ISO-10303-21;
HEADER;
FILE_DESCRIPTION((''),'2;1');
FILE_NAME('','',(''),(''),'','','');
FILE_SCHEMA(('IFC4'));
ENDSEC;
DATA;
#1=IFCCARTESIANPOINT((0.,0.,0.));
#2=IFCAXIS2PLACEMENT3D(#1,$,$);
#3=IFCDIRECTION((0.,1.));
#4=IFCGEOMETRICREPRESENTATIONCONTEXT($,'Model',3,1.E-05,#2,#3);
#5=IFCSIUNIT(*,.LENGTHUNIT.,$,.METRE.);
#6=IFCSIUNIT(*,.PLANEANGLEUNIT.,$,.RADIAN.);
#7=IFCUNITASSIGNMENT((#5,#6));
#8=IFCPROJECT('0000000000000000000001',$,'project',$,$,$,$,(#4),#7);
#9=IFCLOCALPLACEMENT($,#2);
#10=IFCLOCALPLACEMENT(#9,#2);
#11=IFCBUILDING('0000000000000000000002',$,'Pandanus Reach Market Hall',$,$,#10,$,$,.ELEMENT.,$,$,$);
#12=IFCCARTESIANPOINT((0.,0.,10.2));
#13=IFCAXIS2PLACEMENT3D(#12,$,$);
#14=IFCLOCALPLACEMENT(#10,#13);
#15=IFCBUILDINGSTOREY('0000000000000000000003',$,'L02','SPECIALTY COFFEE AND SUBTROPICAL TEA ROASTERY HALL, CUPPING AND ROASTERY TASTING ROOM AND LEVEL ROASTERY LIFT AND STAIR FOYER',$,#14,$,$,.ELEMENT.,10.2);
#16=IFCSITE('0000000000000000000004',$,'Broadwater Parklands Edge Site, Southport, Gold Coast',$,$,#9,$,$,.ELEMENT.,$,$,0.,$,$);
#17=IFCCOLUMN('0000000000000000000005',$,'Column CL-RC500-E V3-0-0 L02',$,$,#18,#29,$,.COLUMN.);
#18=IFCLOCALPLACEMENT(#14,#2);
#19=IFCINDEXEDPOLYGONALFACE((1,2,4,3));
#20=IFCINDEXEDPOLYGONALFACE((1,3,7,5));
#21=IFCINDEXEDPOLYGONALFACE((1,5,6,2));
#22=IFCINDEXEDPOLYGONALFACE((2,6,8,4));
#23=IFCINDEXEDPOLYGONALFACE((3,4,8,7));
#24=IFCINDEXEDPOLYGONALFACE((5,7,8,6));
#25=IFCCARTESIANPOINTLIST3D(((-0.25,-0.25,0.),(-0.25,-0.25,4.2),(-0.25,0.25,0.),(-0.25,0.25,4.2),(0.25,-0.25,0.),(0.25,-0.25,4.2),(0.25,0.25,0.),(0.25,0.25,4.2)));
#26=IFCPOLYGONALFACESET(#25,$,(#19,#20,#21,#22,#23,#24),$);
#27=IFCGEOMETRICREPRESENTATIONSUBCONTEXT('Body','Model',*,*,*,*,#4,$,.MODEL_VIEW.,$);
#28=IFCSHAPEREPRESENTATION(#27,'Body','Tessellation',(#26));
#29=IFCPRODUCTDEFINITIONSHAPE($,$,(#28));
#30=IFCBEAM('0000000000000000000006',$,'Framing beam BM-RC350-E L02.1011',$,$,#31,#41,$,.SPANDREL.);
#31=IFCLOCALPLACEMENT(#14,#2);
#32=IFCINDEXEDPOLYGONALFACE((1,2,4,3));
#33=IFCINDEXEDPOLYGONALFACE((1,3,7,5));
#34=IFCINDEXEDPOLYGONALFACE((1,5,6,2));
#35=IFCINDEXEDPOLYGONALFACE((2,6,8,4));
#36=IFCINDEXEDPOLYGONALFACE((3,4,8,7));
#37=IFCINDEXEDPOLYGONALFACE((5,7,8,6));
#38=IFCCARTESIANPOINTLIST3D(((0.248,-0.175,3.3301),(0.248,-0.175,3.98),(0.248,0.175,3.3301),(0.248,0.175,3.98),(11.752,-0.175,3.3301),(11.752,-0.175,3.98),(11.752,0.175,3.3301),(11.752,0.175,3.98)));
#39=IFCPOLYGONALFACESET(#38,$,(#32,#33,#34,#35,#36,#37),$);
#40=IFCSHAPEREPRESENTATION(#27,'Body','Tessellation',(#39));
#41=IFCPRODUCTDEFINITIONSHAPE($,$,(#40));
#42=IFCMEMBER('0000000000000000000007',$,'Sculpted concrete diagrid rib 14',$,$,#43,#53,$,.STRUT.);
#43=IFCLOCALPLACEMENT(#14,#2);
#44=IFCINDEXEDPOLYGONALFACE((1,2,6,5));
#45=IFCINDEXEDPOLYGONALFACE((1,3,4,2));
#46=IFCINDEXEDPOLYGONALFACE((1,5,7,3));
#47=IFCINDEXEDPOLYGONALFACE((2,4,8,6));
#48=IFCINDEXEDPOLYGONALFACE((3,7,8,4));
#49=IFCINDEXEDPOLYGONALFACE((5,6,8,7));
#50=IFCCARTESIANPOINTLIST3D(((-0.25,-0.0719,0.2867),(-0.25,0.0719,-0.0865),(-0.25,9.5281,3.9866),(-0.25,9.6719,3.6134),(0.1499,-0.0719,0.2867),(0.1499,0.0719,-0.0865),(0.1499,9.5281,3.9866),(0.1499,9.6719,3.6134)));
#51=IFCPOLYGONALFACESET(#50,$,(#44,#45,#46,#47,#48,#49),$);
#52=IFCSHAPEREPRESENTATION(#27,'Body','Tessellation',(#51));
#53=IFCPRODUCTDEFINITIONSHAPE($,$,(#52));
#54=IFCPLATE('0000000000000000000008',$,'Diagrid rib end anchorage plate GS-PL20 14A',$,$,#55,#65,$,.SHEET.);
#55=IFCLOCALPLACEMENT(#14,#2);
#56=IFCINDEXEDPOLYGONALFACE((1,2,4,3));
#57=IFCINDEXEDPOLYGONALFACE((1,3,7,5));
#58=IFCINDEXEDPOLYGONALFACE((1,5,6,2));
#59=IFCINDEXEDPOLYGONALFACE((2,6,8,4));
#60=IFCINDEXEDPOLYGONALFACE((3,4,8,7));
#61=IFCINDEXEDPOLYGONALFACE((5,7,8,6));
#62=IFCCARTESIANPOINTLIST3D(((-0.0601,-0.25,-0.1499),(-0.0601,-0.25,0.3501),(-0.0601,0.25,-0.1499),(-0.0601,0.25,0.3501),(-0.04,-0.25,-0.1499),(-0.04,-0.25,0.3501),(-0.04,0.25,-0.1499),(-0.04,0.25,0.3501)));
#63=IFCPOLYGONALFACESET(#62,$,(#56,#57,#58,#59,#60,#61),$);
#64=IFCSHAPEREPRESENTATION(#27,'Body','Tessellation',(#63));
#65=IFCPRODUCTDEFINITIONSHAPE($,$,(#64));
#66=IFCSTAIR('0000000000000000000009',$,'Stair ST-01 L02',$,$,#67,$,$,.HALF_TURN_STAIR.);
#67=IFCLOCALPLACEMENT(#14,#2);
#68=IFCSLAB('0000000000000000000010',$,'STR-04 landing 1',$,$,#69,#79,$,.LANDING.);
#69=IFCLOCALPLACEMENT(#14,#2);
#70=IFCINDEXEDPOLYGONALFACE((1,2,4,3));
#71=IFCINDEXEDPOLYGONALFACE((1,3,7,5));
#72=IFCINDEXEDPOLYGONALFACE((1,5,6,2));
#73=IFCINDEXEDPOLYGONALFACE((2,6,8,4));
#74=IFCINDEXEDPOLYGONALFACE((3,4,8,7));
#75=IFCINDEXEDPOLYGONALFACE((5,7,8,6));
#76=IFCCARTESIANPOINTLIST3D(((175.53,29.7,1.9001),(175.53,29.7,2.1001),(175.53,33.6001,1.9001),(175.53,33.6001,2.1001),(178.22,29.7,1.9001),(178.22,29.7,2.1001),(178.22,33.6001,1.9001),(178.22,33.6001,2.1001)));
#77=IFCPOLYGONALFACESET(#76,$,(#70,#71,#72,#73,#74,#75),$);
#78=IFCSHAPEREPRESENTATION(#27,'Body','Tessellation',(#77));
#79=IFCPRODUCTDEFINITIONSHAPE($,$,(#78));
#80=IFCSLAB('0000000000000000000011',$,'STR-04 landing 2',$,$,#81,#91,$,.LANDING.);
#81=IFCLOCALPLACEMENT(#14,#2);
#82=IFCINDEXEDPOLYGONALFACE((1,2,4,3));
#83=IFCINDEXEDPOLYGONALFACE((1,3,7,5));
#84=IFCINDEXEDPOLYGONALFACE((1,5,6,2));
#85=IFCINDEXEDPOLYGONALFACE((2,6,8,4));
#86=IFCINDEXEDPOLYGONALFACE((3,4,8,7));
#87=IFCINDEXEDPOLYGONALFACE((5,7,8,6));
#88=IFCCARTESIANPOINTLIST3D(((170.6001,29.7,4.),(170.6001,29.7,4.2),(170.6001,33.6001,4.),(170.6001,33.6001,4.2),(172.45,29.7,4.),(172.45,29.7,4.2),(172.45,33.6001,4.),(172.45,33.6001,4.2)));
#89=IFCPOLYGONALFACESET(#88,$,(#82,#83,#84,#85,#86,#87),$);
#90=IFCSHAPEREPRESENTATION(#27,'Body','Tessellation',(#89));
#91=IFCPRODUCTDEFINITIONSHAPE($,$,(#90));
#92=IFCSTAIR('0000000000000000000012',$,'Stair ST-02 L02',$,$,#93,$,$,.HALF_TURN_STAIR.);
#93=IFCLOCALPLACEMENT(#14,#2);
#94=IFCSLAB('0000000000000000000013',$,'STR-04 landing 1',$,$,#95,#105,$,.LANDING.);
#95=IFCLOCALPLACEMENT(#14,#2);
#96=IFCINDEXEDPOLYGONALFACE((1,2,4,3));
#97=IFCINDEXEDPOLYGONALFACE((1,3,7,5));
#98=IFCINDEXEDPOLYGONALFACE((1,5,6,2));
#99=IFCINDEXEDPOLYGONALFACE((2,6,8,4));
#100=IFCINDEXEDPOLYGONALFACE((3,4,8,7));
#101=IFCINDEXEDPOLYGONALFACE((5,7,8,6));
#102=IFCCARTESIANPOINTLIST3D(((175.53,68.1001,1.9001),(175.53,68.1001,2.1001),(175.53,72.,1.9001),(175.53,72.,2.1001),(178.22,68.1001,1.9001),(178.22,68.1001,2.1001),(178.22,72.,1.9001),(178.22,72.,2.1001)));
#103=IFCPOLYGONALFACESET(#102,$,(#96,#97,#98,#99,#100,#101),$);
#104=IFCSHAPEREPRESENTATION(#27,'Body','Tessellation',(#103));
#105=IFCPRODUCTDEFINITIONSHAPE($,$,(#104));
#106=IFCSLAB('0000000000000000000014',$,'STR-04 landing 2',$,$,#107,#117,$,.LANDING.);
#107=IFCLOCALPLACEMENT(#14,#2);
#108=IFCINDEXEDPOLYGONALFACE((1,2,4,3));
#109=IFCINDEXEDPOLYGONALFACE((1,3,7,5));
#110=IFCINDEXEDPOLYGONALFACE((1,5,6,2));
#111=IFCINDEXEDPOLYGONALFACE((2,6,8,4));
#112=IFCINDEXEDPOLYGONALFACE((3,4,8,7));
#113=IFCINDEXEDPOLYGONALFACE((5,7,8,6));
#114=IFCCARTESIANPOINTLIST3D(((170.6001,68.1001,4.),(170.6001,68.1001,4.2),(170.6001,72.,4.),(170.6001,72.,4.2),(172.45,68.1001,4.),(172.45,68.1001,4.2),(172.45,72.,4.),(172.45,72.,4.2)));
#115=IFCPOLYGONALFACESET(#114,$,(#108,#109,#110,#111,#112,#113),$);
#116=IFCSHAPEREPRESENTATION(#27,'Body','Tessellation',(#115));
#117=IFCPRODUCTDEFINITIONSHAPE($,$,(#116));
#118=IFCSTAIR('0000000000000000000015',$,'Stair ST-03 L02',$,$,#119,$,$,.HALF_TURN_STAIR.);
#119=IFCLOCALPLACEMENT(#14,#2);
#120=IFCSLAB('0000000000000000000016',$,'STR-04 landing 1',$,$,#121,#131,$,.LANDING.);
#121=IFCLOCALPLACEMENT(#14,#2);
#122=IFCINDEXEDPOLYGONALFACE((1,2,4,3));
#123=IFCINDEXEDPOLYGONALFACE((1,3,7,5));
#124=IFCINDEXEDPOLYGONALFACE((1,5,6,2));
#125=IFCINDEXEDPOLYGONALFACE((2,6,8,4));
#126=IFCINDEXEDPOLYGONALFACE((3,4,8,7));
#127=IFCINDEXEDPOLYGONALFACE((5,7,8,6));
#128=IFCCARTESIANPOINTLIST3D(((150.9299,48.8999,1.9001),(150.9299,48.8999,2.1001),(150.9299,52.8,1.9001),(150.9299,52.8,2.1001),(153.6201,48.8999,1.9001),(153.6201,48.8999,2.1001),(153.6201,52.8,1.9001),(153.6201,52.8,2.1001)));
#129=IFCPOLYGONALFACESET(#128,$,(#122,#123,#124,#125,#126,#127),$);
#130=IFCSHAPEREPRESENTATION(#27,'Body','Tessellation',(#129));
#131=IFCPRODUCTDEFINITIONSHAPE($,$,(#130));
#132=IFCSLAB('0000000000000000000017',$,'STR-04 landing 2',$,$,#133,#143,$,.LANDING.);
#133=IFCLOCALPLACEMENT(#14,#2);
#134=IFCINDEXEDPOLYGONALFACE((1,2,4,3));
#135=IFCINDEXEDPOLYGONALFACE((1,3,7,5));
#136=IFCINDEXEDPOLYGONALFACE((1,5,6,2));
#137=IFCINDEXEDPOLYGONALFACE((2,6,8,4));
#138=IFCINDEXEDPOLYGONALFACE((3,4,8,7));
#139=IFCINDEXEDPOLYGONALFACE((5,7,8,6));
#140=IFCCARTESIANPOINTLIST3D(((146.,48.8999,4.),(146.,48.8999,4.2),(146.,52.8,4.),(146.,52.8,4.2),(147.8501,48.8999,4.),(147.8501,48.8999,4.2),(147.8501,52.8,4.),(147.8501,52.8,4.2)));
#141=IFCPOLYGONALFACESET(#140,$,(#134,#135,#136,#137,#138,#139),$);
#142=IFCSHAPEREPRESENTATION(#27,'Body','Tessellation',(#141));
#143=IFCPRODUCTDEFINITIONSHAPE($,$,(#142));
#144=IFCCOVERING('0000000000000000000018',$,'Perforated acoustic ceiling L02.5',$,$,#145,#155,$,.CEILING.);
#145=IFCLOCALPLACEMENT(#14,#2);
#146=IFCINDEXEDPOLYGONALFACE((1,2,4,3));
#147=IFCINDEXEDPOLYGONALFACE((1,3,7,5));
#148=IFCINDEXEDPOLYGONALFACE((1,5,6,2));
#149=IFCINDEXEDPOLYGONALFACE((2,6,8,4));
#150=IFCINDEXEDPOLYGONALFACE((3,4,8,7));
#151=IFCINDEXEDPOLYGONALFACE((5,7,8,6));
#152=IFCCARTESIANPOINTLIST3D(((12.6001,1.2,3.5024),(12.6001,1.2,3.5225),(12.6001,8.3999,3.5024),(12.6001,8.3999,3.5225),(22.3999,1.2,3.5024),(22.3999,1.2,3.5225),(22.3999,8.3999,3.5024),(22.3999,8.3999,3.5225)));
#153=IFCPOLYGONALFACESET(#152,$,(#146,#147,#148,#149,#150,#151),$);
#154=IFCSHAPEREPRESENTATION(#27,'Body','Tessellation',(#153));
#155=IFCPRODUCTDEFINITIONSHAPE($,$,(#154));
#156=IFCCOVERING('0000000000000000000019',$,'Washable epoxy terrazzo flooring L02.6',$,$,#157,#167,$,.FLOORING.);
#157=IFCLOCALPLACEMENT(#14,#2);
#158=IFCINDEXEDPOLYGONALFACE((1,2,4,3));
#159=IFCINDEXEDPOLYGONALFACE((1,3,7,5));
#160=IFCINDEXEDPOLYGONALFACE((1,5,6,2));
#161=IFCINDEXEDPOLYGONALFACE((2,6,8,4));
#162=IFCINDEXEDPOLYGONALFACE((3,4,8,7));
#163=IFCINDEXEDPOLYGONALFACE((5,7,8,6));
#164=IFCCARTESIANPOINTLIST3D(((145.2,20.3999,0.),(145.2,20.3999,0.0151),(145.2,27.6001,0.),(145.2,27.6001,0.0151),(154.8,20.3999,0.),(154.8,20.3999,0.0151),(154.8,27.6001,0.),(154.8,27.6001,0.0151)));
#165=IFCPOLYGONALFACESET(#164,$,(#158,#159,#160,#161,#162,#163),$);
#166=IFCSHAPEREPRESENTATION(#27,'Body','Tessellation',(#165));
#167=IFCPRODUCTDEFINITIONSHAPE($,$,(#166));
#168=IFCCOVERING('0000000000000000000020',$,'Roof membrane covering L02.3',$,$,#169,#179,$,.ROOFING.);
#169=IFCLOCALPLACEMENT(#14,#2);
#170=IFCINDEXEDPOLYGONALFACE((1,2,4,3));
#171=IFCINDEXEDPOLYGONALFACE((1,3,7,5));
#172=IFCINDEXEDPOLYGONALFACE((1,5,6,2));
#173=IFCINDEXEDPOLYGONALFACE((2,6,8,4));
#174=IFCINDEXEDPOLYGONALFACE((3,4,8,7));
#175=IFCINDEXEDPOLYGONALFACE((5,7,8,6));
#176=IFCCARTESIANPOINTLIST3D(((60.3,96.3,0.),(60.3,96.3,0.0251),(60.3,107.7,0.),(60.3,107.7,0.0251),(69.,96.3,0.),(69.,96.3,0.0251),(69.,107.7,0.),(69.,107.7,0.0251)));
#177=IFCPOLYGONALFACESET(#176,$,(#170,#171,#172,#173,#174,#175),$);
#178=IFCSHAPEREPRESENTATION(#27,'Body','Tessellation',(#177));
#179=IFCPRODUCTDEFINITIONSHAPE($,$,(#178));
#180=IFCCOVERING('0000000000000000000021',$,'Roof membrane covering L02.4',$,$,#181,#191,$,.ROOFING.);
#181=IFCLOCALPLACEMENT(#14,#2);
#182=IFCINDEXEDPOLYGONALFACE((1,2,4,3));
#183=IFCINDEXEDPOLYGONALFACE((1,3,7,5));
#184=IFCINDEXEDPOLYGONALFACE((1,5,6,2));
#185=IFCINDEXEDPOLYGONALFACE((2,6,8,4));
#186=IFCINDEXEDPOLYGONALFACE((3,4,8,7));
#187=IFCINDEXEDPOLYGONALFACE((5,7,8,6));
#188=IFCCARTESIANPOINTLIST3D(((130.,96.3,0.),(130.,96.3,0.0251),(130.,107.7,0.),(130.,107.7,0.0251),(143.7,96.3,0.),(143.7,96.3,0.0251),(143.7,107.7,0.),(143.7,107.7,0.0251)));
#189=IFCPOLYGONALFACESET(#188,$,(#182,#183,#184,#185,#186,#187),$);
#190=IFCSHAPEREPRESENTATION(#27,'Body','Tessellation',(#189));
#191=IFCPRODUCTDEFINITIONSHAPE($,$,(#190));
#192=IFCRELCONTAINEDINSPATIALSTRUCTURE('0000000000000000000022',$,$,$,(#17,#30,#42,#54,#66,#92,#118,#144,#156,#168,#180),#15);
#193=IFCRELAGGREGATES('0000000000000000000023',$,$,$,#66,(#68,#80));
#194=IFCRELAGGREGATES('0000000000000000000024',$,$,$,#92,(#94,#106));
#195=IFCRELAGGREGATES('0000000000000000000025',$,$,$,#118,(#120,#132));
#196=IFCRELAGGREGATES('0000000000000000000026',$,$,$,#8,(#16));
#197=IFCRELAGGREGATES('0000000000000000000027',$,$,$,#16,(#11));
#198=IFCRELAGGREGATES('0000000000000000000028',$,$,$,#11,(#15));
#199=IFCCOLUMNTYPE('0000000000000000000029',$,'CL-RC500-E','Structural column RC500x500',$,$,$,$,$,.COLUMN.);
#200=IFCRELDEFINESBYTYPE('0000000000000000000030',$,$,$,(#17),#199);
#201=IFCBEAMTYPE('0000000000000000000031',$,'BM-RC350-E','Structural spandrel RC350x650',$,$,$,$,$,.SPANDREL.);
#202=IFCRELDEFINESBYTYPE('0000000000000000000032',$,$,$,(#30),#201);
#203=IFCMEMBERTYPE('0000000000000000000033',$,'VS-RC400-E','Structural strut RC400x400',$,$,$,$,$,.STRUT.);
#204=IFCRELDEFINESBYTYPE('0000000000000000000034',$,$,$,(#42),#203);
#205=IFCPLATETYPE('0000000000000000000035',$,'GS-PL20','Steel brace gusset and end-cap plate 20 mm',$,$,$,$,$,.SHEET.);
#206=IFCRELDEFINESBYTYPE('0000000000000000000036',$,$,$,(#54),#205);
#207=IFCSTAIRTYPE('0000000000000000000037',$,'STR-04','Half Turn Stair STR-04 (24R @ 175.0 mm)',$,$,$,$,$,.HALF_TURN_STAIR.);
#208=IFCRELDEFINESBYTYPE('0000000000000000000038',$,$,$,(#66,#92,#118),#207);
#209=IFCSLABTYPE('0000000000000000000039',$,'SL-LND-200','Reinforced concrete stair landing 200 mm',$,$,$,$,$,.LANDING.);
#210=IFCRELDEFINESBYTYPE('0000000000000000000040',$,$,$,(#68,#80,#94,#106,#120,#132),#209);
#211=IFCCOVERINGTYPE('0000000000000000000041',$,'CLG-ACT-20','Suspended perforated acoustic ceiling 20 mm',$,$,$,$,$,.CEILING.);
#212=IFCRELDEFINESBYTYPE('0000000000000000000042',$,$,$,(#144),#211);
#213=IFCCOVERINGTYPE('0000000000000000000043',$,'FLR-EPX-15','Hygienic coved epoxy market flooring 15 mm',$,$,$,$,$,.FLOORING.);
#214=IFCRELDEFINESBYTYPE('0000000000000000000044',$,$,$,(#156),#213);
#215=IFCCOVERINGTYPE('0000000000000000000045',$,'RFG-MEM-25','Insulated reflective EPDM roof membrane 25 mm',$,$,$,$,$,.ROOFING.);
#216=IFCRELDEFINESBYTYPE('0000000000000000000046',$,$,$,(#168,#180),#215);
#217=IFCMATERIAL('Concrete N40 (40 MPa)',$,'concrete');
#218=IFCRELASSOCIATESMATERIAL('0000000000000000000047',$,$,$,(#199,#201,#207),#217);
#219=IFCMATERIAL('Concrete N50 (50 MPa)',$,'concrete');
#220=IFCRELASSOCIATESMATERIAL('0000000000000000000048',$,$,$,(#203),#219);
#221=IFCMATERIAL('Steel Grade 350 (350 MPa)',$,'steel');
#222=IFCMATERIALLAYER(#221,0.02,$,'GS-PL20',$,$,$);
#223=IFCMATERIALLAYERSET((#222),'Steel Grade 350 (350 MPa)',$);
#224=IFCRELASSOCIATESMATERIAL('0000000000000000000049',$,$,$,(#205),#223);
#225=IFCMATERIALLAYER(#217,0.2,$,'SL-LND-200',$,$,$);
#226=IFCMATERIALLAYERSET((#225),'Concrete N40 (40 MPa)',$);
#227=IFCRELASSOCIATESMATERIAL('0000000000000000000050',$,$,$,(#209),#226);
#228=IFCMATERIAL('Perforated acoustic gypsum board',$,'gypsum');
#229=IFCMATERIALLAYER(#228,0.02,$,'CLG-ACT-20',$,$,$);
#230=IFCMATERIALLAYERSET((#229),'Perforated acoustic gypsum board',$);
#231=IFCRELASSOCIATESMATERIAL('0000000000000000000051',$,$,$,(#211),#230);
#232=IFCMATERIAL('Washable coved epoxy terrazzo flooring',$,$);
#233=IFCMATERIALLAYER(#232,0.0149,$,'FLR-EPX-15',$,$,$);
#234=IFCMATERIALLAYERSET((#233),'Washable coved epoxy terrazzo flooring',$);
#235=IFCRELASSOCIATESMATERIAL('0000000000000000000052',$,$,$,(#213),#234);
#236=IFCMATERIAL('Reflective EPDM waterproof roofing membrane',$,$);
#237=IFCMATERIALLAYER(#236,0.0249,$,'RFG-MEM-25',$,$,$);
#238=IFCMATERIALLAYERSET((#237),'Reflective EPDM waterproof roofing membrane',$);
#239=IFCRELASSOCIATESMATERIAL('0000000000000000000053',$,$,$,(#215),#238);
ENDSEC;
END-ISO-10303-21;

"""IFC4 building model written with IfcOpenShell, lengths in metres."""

from ifc_helpers import new_model, si_unit, direction, frame, origin, origin_with_axes, origin_2d, place, context, subcontext, project, spatial, polyline, rectangle, outline, extrude, material, layer, layer_set, material_profile, profile_set, type_object, element, aggregate, save


model = new_model("IFC4")

# Units and contexts
model_context = context("Model", 3, precision=1e-05, world=origin(), true_north=direction((0.0, 1.0)))
body_context = subcontext(model_context, "Body", "Model", "MODEL_VIEW")
ifc_project = project(units=[si_unit("LENGTHUNIT", "METRE"), si_unit("PLANEANGLEUNIT", "RADIAN")], contexts=[model_context])

# Site, building, storey
site_placement = place(None, origin())
site = spatial("IfcSite", under=ifc_project, at=site_placement, Name="Broadwater Parklands Edge Site, Southport, Gold Coast", CompositionType="ELEMENT", RefElevation=0.0)
building_placement = place(site_placement, origin())
building = spatial("IfcBuilding", under=site, at=building_placement, Name="Pandanus Reach Market Hall", CompositionType="ELEMENT")
storey_placement = place(building_placement, frame((0.0, 0.0, 10.2)))
storey = spatial("IfcBuildingStorey", under=building, at=storey_placement, Name="L02", Description="SPECIALTY COFFEE AND SUBTROPICAL TEA ROASTERY HALL, CUPPING AND ROASTERY TASTING ROOM AND LEVEL ROASTERY LIFT AND STAIR FOYER", CompositionType="ELEMENT", Elevation=10.2)

# Column
ifc_material_1 = material(Name="Concrete N40 (40 MPa)", Category="concrete")
ifc_material_profile_1 = material_profile(ifc_material_1, rectangle(XDim=0.5, YDim=0.5, at=origin_2d()), Name="RC500x500", Category="LoadBearing")
ifc_profile_set_1 = profile_set([ifc_material_profile_1], Name="Concrete N40 (40 MPa)")
column_type = type_object("IfcColumnType", Name="CL-RC500-E", Description="Structural column RC500x500", PredefinedType="COLUMN", material=ifc_profile_set_1)
column_placement = place(storey_placement, origin_with_axes())
element("IfcColumn", 1, at=column_placement, inside=storey, type_object=column_type, Name="Column CL-RC500-E V3-0-0 L02", PredefinedType="COLUMN", context=body_context, shape_type="SweptSolid", body=[
    extrude(rectangle(XDim=0.5, YDim=0.5, at=origin_2d()), origin(), (0.0, 0.0, 1.0), 4.2),
])

# Beam
ifc_material_profile_2 = material_profile(ifc_material_1, rectangle(XDim=0.3501, YDim=0.6499, at=origin_2d()), Name="RC350x650", Category="LoadBearing")
ifc_profile_set_2 = profile_set([ifc_material_profile_2], Name="Concrete N40 (40 MPa)")
beam_type = type_object("IfcBeamType", Name="BM-RC350-E", Description="Structural spandrel RC350x650", PredefinedType="SPANDREL", material=ifc_profile_set_2)
beam_placement = place(storey_placement, frame((0.248, 0.0, 3.655), z_axis=(1.0, 0.0, 0.0), x_axis=(0.0, 1.0, 0.0)))
element("IfcBeam", 2, at=beam_placement, inside=storey, type_object=beam_type, Name="Framing beam BM-RC350-E L02.1011", PredefinedType="SPANDREL", context=body_context, shape_type="SweptSolid", body=[
    extrude(rectangle(XDim=0.3501, YDim=0.6499, at=origin_2d()), origin(), (0.0, 0.0, 1.0), 11.5039),
])

# Member
ifc_material_2 = material(Name="Concrete N50 (50 MPa)", Category="concrete")
ifc_material_profile_3 = material_profile(ifc_material_2, rectangle(XDim=0.3999, YDim=0.3999, at=origin_2d()), Name="RC400x400", Category="LoadBearing")
ifc_profile_set_3 = profile_set([ifc_material_profile_3], Name="Concrete N50 (50 MPa)")
member_type = type_object("IfcMemberType", Name="VS-RC400-E", Description="Structural strut RC400x400", PredefinedType="STRUT", material=ifc_profile_set_3)
member_placement = place(storey_placement, frame((-0.05, 0.0, 0.1001), z_axis=(0.0, 0.933098, 0.359623), x_axis=(-1.0, 0.0, 0.0)))
element("IfcMember", 3, at=member_placement, inside=storey, type_object=member_type, Name="Sculpted concrete diagrid rib 14", PredefinedType="STRUT", context=body_context, shape_type="SweptSolid", body=[
    extrude(rectangle(XDim=0.3999, YDim=0.3999, at=origin_2d()), origin(), (0.0, 0.0, 1.0), 10.2883),
])

# Plate
ifc_material_3 = material(Name="Steel Grade 350 (350 MPa)", Category="steel")
ifc_layer_1 = layer(ifc_material_3, 0.02, Name="GS-PL20")
ifc_layer_set_1 = layer_set([ifc_layer_1], Name="Steel Grade 350 (350 MPa)")
plate_type = type_object("IfcPlateType", Name="GS-PL20", Description="Steel brace gusset and end-cap plate 20 mm", PredefinedType="SHEET", material=ifc_layer_set_1)
plate_placement = place(storey_placement, frame((-0.05, 0.0, -0.1499), z_axis=(0.0, 0.0, 1.0), x_axis=(1.0, 0.0, 0.0)))
element("IfcPlate", 4, at=plate_placement, inside=storey, type_object=plate_type, Name="Diagrid rib end anchorage plate GS-PL20 14A", PredefinedType="SHEET", context=body_context, shape_type="SweptSolid", body=[
    extrude(rectangle(XDim=0.02, YDim=0.5, at=origin_2d()), origin(), (0.0, 0.0, 1.0), 0.5),
])

# Stairs, slabs
stair_type = type_object("IfcStairType", Name="STR-04", Description="Half Turn Stair STR-04 (24R @ 175.0 mm)", PredefinedType="HALF_TURN_STAIR", material=ifc_material_1)
stair_1_placement = place(storey_placement, origin())
stair_1 = element("IfcStair", 5, at=stair_1_placement, inside=storey, type_object=stair_type, Name="Stair ST-01 L02", PredefinedType="HALF_TURN_STAIR")
ifc_layer_2 = layer(ifc_material_1, 0.2, Name="SL-LND-200")
ifc_layer_set_2 = layer_set([ifc_layer_2], Name="Concrete N40 (40 MPa)")
slab_type = type_object("IfcSlabType", Name="SL-LND-200", Description="Reinforced concrete stair landing 200 mm", PredefinedType="LANDING", material=ifc_layer_set_2)
slab_1_placement = place(storey_placement, frame((0.0, 0.0, 1.9001)))
slab_1 = element("IfcSlab", 6, at=slab_1_placement, type_object=slab_type, Name="STR-04 landing 1", PredefinedType="LANDING", context=body_context, shape_type="SweptSolid", body=[
    extrude(outline(polyline([(175.53, 29.7), (178.22, 29.7), (178.22, 33.6001), (175.53, 33.6001), (175.53, 29.7)])), origin(), (0.0, 0.0, 1.0), 0.2),
])
slab_2_placement = place(storey_placement, frame((0.0, 0.0, 4.0)))
slab_2 = element("IfcSlab", 7, at=slab_2_placement, type_object=slab_type, Name="STR-04 landing 2", PredefinedType="LANDING", context=body_context, shape_type="SweptSolid", body=[
    extrude(outline(polyline([(170.6001, 29.7), (172.45, 29.7), (172.45, 33.6001), (170.6001, 33.6001), (170.6001, 29.7)])), origin(), (0.0, 0.0, 1.0), 0.2),
])
aggregate(stair_1, [slab_1, slab_2])
stair_2_placement = place(storey_placement, origin())
stair_2 = element("IfcStair", 8, at=stair_2_placement, inside=storey, type_object=stair_type, Name="Stair ST-02 L02", PredefinedType="HALF_TURN_STAIR")
slab_3_placement = place(storey_placement, frame((0.0, 0.0, 1.9001)))
slab_3 = element("IfcSlab", 9, at=slab_3_placement, type_object=slab_type, Name="STR-04 landing 1", PredefinedType="LANDING", context=body_context, shape_type="SweptSolid", body=[
    extrude(outline(polyline([(175.53, 68.1001), (178.22, 68.1001), (178.22, 72.0), (175.53, 72.0), (175.53, 68.1001)])), origin(), (0.0, 0.0, 1.0), 0.2),
])
slab_4_placement = place(storey_placement, frame((0.0, 0.0, 4.0)))
slab_4 = element("IfcSlab", 10, at=slab_4_placement, type_object=slab_type, Name="STR-04 landing 2", PredefinedType="LANDING", context=body_context, shape_type="SweptSolid", body=[
    extrude(outline(polyline([(170.6001, 68.1001), (172.45, 68.1001), (172.45, 72.0), (170.6001, 72.0), (170.6001, 68.1001)])), origin(), (0.0, 0.0, 1.0), 0.2),
])
aggregate(stair_2, [slab_3, slab_4])
stair_3_placement = place(storey_placement, origin())
stair_3 = element("IfcStair", 11, at=stair_3_placement, inside=storey, type_object=stair_type, Name="Stair ST-03 L02", PredefinedType="HALF_TURN_STAIR")
slab_5_placement = place(storey_placement, frame((0.0, 0.0, 1.9001)))
slab_5 = element("IfcSlab", 12, at=slab_5_placement, type_object=slab_type, Name="STR-04 landing 1", PredefinedType="LANDING", context=body_context, shape_type="SweptSolid", body=[
    extrude(outline(polyline([(150.9299, 48.8999), (153.6201, 48.8999), (153.6201, 52.8), (150.9299, 52.8), (150.9299, 48.8999)])), origin(), (0.0, 0.0, 1.0), 0.2),
])
slab_6_placement = place(storey_placement, frame((0.0, 0.0, 4.0)))
slab_6 = element("IfcSlab", 13, at=slab_6_placement, type_object=slab_type, Name="STR-04 landing 2", PredefinedType="LANDING", context=body_context, shape_type="SweptSolid", body=[
    extrude(outline(polyline([(146.0, 48.8999), (147.8501, 48.8999), (147.8501, 52.8), (146.0, 52.8), (146.0, 48.8999)])), origin(), (0.0, 0.0, 1.0), 0.2),
])
aggregate(stair_3, [slab_5, slab_6])

# Coverings
ifc_material_4 = material(Name="Perforated acoustic gypsum board", Category="gypsum")
ifc_layer_3 = layer(ifc_material_4, 0.02, Name="CLG-ACT-20")
ifc_layer_set_3 = layer_set([ifc_layer_3], Name="Perforated acoustic gypsum board")
covering_type_1 = type_object("IfcCoveringType", Name="CLG-ACT-20", Description="Suspended perforated acoustic ceiling 20 mm", PredefinedType="CEILING", material=ifc_layer_set_3)
covering_1_placement = place(storey_placement, frame((0.0, 0.0, 3.5024)))
element("IfcCovering", 14, at=covering_1_placement, inside=storey, type_object=covering_type_1, Name="Perforated acoustic ceiling L02.5", PredefinedType="CEILING", context=body_context, shape_type="SweptSolid", body=[
    extrude(outline(polyline([(12.6001, 1.2), (22.3999, 1.2), (22.3999, 8.3999), (12.6001, 8.3999), (12.6001, 1.2)])), origin(), (0.0, 0.0, 1.0), 0.02),
])
ifc_material_5 = material(Name="Washable coved epoxy terrazzo flooring")
ifc_layer_4 = layer(ifc_material_5, 0.0149, Name="FLR-EPX-15")
ifc_layer_set_4 = layer_set([ifc_layer_4], Name="Washable coved epoxy terrazzo flooring")
covering_type_2 = type_object("IfcCoveringType", Name="FLR-EPX-15", Description="Hygienic coved epoxy market flooring 15 mm", PredefinedType="FLOORING", material=ifc_layer_set_4)
covering_2_placement = place(storey_placement, origin())
element("IfcCovering", 15, at=covering_2_placement, inside=storey, type_object=covering_type_2, Name="Washable epoxy terrazzo flooring L02.6", PredefinedType="FLOORING", context=body_context, shape_type="SweptSolid", body=[
    extrude(outline(polyline([(145.2, 20.3999), (154.8, 20.3999), (154.8, 27.6001), (145.2, 27.6001), (145.2, 20.3999)])), origin(), (0.0, 0.0, 1.0), 0.0151),
])
ifc_material_6 = material(Name="Reflective EPDM waterproof roofing membrane")
ifc_layer_5 = layer(ifc_material_6, 0.0249, Name="RFG-MEM-25")
ifc_layer_set_5 = layer_set([ifc_layer_5], Name="Reflective EPDM waterproof roofing membrane")
covering_type_3 = type_object("IfcCoveringType", Name="RFG-MEM-25", Description="Insulated reflective EPDM roof membrane 25 mm", PredefinedType="ROOFING", material=ifc_layer_set_5)
covering_3_placement = place(storey_placement, origin())
element("IfcCovering", 16, at=covering_3_placement, inside=storey, type_object=covering_type_3, Name="Roof membrane covering L02.3", PredefinedType="ROOFING", context=body_context, shape_type="SweptSolid", body=[
    extrude(outline(polyline([(60.3, 96.3), (69.0, 96.3), (69.0, 107.7), (60.3, 107.7), (60.3, 96.3)])), origin(), (0.0, 0.0, 1.0), 0.0251),
])
covering_4_placement = place(storey_placement, origin())
element("IfcCovering", 17, at=covering_4_placement, inside=storey, type_object=covering_type_3, Name="Roof membrane covering L02.4", PredefinedType="ROOFING", context=body_context, shape_type="SweptSolid", body=[
    extrude(outline(polyline([(130.0, 96.3), (143.7, 96.3), (143.7, 107.7), (130.0, 107.7), (130.0, 96.3)])), origin(), (0.0, 0.0, 1.0), 0.0251),
])

save(model, "model.ifc")
